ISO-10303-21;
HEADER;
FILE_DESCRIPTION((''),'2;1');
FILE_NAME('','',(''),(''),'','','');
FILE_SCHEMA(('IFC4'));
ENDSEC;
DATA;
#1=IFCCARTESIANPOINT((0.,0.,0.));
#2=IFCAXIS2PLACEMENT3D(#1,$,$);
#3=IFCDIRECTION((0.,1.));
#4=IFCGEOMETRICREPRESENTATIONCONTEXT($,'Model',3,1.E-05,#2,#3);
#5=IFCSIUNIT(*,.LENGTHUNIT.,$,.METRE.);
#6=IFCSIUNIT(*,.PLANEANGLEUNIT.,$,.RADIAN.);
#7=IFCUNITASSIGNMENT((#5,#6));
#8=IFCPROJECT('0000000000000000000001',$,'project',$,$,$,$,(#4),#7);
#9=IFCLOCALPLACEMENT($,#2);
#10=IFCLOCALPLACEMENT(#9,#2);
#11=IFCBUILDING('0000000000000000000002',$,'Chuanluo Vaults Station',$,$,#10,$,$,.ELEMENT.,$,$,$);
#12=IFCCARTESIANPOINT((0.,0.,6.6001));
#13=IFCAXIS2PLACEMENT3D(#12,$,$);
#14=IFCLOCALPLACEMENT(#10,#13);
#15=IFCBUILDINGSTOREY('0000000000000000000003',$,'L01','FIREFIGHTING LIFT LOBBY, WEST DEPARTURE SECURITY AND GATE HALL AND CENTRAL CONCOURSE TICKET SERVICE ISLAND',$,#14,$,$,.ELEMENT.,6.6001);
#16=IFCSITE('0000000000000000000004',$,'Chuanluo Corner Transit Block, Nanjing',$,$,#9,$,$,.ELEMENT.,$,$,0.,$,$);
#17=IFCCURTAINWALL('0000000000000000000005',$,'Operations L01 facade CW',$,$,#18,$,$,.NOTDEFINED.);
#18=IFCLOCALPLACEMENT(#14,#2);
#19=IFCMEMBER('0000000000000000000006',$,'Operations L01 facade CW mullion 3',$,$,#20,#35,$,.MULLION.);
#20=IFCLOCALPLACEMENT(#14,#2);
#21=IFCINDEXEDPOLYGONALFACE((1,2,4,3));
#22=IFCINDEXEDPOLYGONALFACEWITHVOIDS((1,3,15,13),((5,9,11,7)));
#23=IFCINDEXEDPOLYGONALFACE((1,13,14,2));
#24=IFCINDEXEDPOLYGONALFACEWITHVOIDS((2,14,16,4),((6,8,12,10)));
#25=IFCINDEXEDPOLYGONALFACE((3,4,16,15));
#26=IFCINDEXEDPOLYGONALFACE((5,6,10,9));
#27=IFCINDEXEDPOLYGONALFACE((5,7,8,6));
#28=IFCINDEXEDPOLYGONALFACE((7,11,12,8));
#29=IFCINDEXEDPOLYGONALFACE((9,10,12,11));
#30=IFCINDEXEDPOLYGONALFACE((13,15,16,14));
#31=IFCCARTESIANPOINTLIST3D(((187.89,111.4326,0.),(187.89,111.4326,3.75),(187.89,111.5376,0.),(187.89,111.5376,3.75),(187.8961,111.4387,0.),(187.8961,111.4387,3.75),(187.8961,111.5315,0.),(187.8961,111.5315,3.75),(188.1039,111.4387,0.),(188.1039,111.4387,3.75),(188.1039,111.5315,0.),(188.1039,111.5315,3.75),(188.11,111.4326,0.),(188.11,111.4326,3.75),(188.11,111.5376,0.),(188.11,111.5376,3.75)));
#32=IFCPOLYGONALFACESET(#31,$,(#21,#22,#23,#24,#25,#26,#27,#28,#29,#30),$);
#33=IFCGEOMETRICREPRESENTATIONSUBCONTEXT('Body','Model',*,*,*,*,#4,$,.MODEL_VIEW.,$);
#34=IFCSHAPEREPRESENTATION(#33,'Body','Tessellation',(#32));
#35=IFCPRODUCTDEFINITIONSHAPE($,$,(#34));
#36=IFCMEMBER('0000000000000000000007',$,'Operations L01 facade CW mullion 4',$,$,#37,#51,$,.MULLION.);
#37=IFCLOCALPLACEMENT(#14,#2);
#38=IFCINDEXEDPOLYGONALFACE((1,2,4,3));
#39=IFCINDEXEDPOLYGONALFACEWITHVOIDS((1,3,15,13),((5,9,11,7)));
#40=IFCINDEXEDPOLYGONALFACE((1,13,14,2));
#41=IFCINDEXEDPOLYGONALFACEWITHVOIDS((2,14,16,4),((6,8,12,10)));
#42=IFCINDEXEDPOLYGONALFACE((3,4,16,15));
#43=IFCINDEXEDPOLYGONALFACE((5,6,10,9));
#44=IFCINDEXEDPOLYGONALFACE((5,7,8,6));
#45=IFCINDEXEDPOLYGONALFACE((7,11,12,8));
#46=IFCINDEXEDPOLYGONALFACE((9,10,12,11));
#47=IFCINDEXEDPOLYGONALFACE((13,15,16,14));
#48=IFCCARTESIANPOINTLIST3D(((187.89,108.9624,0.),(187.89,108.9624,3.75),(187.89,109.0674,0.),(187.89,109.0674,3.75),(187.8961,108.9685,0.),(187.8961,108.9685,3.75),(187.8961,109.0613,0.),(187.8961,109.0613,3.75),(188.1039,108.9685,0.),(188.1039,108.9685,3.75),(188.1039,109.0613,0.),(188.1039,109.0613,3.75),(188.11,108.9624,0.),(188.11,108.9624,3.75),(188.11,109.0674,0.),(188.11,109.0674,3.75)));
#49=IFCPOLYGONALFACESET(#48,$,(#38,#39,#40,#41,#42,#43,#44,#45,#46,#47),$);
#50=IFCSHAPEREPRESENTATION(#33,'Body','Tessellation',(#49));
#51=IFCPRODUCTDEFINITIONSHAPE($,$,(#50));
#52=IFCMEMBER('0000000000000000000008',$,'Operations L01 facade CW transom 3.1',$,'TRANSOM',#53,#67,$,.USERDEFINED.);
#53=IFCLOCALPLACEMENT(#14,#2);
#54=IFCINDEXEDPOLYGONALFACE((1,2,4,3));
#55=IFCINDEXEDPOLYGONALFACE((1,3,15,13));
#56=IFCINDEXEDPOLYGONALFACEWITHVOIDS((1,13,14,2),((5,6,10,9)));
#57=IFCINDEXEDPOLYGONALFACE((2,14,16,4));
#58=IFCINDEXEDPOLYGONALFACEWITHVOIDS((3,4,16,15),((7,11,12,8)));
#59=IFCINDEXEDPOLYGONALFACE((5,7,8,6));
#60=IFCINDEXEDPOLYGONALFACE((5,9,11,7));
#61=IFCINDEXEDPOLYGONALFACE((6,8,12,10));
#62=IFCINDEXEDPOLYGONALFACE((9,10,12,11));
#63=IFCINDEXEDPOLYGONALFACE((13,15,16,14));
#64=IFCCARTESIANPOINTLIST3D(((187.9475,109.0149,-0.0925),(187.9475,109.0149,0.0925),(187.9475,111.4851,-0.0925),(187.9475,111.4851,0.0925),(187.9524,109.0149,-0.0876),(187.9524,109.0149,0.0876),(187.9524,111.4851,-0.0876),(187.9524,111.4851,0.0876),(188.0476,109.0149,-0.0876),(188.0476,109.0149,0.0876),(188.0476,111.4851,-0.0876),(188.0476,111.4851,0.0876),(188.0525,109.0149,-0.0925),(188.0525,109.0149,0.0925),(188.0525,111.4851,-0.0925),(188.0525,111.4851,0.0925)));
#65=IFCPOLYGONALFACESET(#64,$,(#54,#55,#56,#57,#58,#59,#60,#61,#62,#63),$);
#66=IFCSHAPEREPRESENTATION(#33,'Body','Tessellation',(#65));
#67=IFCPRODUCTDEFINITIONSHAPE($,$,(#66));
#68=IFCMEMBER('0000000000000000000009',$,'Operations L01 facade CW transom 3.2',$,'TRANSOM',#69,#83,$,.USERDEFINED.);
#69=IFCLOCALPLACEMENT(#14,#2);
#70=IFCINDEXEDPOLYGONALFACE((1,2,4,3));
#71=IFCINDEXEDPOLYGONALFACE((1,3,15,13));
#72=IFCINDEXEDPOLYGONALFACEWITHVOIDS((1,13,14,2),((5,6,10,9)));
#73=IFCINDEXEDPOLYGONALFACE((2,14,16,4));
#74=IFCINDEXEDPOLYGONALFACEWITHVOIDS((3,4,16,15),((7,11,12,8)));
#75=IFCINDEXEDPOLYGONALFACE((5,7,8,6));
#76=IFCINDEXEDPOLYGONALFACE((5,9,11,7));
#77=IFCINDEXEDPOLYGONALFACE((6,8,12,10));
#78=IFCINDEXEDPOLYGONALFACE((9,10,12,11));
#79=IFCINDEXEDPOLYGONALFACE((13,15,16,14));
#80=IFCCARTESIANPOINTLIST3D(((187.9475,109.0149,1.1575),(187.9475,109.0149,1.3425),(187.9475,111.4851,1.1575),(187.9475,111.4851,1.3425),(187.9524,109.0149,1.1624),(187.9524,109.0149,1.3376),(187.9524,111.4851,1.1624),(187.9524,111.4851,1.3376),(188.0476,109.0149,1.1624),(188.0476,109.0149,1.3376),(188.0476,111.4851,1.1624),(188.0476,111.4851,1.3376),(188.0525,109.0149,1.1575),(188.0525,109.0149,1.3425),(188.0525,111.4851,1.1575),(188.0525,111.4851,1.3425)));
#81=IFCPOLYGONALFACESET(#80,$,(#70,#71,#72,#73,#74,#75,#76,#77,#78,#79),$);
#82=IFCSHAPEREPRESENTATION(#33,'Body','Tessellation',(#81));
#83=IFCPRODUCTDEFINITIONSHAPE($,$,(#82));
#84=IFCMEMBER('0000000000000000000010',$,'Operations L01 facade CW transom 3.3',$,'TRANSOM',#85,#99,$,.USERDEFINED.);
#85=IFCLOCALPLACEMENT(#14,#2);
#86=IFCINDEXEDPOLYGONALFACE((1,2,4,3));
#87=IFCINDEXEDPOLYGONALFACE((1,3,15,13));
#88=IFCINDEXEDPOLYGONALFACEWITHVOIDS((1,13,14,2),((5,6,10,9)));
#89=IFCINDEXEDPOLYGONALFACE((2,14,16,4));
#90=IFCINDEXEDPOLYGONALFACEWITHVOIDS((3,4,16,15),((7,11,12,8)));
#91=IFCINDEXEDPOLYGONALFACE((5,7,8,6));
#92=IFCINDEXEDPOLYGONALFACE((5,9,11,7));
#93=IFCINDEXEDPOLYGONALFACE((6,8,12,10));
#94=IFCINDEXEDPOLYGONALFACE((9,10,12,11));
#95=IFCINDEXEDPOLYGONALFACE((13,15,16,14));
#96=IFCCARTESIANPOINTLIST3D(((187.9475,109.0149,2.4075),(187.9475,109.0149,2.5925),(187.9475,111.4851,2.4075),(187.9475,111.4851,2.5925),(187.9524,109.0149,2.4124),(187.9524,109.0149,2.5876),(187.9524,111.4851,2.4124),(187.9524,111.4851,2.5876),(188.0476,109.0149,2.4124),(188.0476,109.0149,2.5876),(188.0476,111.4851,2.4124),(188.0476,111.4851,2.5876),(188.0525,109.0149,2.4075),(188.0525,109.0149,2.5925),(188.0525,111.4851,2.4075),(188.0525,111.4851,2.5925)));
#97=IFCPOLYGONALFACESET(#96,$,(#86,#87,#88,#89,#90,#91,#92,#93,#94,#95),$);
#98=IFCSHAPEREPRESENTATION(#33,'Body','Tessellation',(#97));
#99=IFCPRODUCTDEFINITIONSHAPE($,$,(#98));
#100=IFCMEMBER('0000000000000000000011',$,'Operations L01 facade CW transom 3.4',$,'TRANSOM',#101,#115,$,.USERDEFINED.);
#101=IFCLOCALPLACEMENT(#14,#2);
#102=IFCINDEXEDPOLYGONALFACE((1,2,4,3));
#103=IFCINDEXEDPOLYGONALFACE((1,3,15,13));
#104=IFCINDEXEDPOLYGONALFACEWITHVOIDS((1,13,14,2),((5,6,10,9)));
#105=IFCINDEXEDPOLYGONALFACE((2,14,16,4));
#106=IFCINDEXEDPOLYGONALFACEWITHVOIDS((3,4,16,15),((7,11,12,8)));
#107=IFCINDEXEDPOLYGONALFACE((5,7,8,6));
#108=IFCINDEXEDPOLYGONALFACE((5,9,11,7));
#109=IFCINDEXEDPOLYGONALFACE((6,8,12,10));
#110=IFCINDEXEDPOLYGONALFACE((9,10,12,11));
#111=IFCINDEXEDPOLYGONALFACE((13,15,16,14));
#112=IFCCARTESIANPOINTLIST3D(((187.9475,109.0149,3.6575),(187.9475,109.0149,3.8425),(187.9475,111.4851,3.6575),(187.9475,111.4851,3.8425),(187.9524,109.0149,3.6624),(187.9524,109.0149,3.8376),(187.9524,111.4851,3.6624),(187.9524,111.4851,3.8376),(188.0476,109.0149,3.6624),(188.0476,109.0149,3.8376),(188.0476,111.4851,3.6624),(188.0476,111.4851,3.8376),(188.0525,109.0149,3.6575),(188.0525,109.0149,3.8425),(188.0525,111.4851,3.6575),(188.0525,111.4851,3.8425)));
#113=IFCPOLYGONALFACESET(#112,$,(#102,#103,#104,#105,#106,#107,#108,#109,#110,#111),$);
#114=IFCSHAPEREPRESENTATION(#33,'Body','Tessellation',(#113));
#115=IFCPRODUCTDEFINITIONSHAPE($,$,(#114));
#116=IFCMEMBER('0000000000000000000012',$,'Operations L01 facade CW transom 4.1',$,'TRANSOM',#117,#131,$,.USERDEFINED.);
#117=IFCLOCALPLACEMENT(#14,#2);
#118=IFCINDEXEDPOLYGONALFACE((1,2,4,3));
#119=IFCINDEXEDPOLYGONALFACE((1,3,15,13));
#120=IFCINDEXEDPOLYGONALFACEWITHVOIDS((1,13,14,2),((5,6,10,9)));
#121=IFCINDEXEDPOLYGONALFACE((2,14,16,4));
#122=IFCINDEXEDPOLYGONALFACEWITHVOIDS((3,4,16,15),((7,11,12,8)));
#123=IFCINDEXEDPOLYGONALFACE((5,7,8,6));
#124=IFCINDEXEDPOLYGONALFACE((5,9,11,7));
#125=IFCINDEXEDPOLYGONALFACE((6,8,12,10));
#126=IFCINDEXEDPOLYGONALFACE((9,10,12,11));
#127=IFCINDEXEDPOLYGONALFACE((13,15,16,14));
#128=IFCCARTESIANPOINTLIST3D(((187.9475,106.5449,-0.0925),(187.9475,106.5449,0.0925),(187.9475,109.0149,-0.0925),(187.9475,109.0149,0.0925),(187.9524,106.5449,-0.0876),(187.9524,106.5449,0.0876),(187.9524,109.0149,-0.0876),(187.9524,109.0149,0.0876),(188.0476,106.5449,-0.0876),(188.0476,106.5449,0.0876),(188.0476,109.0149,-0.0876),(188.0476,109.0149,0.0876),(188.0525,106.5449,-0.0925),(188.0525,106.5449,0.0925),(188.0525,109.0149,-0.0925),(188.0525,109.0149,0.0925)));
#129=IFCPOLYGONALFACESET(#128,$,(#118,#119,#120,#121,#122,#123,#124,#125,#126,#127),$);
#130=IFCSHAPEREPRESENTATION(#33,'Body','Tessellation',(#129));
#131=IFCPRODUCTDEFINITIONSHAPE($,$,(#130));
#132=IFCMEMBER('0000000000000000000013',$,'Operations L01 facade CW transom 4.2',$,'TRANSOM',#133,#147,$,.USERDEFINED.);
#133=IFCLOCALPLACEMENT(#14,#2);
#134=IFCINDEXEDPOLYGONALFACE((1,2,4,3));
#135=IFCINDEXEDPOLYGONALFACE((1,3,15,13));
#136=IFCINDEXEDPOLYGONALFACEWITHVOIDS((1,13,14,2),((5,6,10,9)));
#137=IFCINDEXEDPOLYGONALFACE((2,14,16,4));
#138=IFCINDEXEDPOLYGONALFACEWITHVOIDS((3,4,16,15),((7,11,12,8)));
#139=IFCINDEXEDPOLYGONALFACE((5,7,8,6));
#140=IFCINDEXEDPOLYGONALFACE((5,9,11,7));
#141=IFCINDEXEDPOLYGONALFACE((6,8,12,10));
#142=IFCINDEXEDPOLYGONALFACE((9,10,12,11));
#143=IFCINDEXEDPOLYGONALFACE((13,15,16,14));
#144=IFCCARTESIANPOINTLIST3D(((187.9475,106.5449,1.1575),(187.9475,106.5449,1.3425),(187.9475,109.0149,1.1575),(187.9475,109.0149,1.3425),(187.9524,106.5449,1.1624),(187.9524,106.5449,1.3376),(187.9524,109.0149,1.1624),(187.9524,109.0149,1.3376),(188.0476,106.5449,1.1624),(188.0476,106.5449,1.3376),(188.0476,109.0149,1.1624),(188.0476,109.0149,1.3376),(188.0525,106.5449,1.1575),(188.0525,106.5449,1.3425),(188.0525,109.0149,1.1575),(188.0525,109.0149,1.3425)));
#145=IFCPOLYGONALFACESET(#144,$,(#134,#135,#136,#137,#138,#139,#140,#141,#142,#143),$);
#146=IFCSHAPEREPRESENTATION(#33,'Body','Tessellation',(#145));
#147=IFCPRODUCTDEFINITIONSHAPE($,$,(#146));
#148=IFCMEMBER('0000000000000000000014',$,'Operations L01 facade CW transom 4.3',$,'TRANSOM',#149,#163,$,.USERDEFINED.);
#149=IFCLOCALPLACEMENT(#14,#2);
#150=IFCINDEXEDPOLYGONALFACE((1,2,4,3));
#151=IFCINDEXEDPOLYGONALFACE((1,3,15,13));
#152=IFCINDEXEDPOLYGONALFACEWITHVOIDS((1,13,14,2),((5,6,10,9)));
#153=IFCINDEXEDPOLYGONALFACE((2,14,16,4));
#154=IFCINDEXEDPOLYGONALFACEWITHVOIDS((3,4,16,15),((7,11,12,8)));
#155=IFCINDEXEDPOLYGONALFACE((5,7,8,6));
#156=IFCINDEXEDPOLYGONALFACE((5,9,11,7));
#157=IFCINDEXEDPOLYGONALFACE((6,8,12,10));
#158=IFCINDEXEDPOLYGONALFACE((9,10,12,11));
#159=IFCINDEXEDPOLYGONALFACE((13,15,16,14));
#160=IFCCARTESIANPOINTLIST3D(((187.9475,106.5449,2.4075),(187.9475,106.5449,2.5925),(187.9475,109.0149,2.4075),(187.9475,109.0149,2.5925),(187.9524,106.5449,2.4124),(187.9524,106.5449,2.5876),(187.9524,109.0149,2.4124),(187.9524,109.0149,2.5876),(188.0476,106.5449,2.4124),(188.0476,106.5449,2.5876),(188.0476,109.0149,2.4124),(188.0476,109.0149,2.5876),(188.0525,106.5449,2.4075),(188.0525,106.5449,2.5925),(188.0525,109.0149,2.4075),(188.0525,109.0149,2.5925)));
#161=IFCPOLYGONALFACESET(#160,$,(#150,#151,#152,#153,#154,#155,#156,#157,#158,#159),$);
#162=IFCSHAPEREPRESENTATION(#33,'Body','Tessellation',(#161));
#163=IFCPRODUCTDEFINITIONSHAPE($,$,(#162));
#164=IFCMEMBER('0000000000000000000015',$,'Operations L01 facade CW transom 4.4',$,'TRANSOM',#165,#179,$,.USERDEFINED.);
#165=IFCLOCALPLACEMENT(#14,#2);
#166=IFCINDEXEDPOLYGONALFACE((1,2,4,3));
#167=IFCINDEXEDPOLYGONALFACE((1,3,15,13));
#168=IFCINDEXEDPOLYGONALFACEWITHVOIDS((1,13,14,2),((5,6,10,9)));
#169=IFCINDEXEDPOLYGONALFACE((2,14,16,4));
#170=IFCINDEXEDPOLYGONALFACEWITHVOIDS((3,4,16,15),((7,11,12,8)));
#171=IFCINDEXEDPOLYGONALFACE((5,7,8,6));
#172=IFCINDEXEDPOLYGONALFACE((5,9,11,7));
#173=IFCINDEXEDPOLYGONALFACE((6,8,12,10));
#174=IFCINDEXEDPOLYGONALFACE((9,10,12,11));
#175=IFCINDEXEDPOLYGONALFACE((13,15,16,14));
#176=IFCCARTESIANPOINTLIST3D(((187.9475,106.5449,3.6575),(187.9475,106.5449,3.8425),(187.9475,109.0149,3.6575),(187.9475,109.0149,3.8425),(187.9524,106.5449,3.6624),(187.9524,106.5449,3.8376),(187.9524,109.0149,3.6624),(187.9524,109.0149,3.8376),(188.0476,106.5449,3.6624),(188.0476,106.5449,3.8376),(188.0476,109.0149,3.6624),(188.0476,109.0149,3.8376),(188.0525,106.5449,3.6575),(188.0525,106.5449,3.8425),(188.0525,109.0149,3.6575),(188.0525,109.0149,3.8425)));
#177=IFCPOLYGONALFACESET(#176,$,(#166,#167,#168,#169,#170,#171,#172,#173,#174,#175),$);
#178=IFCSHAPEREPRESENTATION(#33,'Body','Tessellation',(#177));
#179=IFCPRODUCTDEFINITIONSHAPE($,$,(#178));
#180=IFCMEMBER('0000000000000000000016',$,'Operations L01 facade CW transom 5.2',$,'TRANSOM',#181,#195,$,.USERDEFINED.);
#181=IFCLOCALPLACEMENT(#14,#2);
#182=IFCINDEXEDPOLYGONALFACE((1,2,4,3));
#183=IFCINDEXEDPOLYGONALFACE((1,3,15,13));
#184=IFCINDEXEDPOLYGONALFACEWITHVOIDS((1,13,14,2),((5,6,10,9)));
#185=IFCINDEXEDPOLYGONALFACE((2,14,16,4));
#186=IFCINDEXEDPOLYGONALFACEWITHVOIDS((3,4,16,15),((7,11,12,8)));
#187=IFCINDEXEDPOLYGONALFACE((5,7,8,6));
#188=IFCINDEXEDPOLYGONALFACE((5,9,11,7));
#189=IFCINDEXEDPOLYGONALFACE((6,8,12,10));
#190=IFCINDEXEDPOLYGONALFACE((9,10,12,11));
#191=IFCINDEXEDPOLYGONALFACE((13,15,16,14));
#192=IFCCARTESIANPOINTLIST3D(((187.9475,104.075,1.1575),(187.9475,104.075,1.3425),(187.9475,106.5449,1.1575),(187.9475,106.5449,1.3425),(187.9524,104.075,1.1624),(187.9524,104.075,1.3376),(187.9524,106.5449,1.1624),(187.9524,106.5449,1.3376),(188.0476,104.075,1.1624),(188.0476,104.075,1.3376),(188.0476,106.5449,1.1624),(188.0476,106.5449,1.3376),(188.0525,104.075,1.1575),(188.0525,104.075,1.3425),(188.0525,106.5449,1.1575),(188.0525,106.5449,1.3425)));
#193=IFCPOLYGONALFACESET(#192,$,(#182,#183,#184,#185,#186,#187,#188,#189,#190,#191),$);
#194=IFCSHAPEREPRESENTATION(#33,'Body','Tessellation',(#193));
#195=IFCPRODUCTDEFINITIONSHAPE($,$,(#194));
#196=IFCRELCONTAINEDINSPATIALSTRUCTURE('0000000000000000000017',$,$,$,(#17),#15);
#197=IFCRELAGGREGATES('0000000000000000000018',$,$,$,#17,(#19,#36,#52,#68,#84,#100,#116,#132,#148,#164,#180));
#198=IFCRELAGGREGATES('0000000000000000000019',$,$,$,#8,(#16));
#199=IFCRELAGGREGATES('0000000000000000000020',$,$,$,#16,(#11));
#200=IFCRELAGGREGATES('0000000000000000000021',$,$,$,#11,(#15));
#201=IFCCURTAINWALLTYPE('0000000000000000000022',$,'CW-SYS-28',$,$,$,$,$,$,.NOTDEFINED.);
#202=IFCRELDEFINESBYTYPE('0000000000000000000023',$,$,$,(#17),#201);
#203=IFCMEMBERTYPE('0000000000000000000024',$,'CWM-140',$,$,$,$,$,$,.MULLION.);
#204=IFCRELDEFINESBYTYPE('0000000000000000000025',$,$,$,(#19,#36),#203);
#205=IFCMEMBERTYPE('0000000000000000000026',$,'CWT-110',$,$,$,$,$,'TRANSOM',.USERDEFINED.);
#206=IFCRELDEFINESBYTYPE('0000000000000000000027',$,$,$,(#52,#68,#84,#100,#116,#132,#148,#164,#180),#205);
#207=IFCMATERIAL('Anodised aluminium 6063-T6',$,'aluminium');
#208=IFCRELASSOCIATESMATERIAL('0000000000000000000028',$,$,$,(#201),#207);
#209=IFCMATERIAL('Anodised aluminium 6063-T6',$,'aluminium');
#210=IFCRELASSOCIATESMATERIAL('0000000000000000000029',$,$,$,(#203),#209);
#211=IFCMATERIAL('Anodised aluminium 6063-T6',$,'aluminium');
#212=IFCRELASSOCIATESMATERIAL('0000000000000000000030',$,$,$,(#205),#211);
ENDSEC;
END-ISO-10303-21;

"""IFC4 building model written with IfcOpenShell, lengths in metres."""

from ifc_helpers import new_model, si_unit, direction, frame, origin, origin_2d, place, context, subcontext, project, spatial, hollow_rectangle, extrude, material, material_profile, profile_set, type_object, element, aggregate, save


model = new_model("IFC4")

# Units and contexts
model_context = context("Model", 3, precision=1e-05, world=origin(), true_north=direction((0.0, 1.0)))
body_context = subcontext(model_context, "Body", "Model", "MODEL_VIEW")
ifc_project = project(units=[si_unit("LENGTHUNIT", "METRE"), si_unit("PLANEANGLEUNIT", "RADIAN")], contexts=[model_context])

# Site, building, storey
site_placement = place(None, origin())
site = spatial("IfcSite", under=ifc_project, at=site_placement, Name="Chuanluo Corner Transit Block, Nanjing", CompositionType="ELEMENT", RefElevation=0.0)
building_placement = place(site_placement, origin())
building = spatial("IfcBuilding", under=site, at=building_placement, Name="Chuanluo Vaults Station", CompositionType="ELEMENT")
storey_placement = place(building_placement, frame((0.0, 0.0, 6.6001)))
storey = spatial("IfcBuildingStorey", under=building, at=storey_placement, Name="L01", Description="FIREFIGHTING LIFT LOBBY, WEST DEPARTURE SECURITY AND GATE HALL AND CENTRAL CONCOURSE TICKET SERVICE ISLAND", CompositionType="ELEMENT", Elevation=6.6001)

# Curtain wall, members
ifc_material_1 = material(Name="Anodised aluminium 6063-T6", Category="aluminium")
curtain_wall_type = type_object("IfcCurtainWallType", Name="CW-SYS-28", PredefinedType="NOTDEFINED", material=ifc_material_1)
curtain_wall_placement = place(storey_placement, origin())
curtain_wall = element("IfcCurtainWall", 1, at=curtain_wall_placement, inside=storey, type_object=curtain_wall_type, Name="Operations L01 facade CW", PredefinedType="NOTDEFINED")
ifc_material_2 = material(Name="Anodised aluminium 6063-T6", Category="aluminium")
ifc_material_profile_1 = material_profile(ifc_material_2, hollow_rectangle(XDim=0.105, YDim=0.22, WallThickness=0.0061, at=origin_2d()))
ifc_profile_set_1 = profile_set([ifc_material_profile_1], Name="Anodised aluminium 6063-T6")
member_type_1 = type_object("IfcMemberType", Name="CWM-140", PredefinedType="MULLION", material=ifc_profile_set_1)
member_1_placement = place(storey_placement, frame((188.0, 111.4851, 0.0), z_axis=(0.0, 0.0, 1.0), x_axis=(0.0, -1.0, 0.0)))
member_1 = element("IfcMember", 2, at=member_1_placement, type_object=member_type_1, Name="Operations L01 facade CW mullion 3", PredefinedType="MULLION", context=body_context, shape_type="SweptSolid", body=[
    extrude(hollow_rectangle(XDim=0.105, YDim=0.22, WallThickness=0.0061, at=origin_2d()), origin(), (0.0, 0.0, 1.0), 3.75),
])
member_2_placement = place(storey_placement, frame((188.0, 109.0149, 0.0), z_axis=(0.0, 0.0, 1.0), x_axis=(0.0, -1.0, 0.0)))
member_2 = element("IfcMember", 3, at=member_2_placement, type_object=member_type_1, Name="Operations L01 facade CW mullion 4", PredefinedType="MULLION", context=body_context, shape_type="SweptSolid", body=[
    extrude(hollow_rectangle(XDim=0.105, YDim=0.22, WallThickness=0.0061, at=origin_2d()), origin(), (0.0, 0.0, 1.0), 3.75),
])
ifc_material_3 = material(Name="Anodised aluminium 6063-T6", Category="aluminium")
ifc_material_profile_2 = material_profile(ifc_material_3, hollow_rectangle(XDim=0.105, YDim=0.1851, WallThickness=0.0049, at=origin_2d()))
ifc_profile_set_2 = profile_set([ifc_material_profile_2], Name="Anodised aluminium 6063-T6")
member_type_2 = type_object("IfcMemberType", Name="CWT-110", ElementType="TRANSOM", PredefinedType="USERDEFINED", material=ifc_profile_set_2)
member_3_placement = place(storey_placement, frame((188.0, 111.4851, 0.0), z_axis=(0.0, -1.0, 0.0), x_axis=(1.0, 0.0, 0.0)))
member_3 = element("IfcMember", 4, at=member_3_placement, type_object=member_type_2, Name="Operations L01 facade CW transom 3.1", ObjectType="TRANSOM", PredefinedType="USERDEFINED", context=body_context, shape_type="SweptSolid", body=[
    extrude(hollow_rectangle(XDim=0.105, YDim=0.1851, WallThickness=0.0049, at=origin_2d()), origin(), (0.0, 0.0, 1.0), 2.4702),
])
member_4_placement = place(storey_placement, frame((188.0, 111.4851, 1.25), z_axis=(0.0, -1.0, 0.0), x_axis=(1.0, 0.0, 0.0)))
member_4 = element("IfcMember", 5, at=member_4_placement, type_object=member_type_2, Name="Operations L01 facade CW transom 3.2", ObjectType="TRANSOM", PredefinedType="USERDEFINED", context=body_context, shape_type="SweptSolid", body=[
    extrude(hollow_rectangle(XDim=0.105, YDim=0.1851, WallThickness=0.0049, at=origin_2d()), origin(), (0.0, 0.0, 1.0), 2.4702),
])
member_5_placement = place(storey_placement, frame((188.0, 111.4851, 2.5), z_axis=(0.0, -1.0, 0.0), x_axis=(1.0, 0.0, 0.0)))
member_5 = element("IfcMember", 6, at=member_5_placement, type_object=member_type_2, Name="Operations L01 facade CW transom 3.3", ObjectType="TRANSOM", PredefinedType="USERDEFINED", context=body_context, shape_type="SweptSolid", body=[
    extrude(hollow_rectangle(XDim=0.105, YDim=0.1851, WallThickness=0.0049, at=origin_2d()), origin(), (0.0, 0.0, 1.0), 2.4702),
])
member_6_placement = place(storey_placement, frame((188.0, 111.4851, 3.75), z_axis=(0.0, -1.0, 0.0), x_axis=(1.0, 0.0, 0.0)))
member_6 = element("IfcMember", 7, at=member_6_placement, type_object=member_type_2, Name="Operations L01 facade CW transom 3.4", ObjectType="TRANSOM", PredefinedType="USERDEFINED", context=body_context, shape_type="SweptSolid", body=[
    extrude(hollow_rectangle(XDim=0.105, YDim=0.1851, WallThickness=0.0049, at=origin_2d()), origin(), (0.0, 0.0, 1.0), 2.4702),
])
member_7_placement = place(storey_placement, frame((188.0, 109.0149, 0.0), z_axis=(0.0, -1.0, 0.0), x_axis=(1.0, 0.0, 0.0)))
member_7 = element("IfcMember", 8, at=member_7_placement, type_object=member_type_2, Name="Operations L01 facade CW transom 4.1", ObjectType="TRANSOM", PredefinedType="USERDEFINED", context=body_context, shape_type="SweptSolid", body=[
    extrude(hollow_rectangle(XDim=0.105, YDim=0.1851, WallThickness=0.0049, at=origin_2d()), origin(), (0.0, 0.0, 1.0), 2.47),
])
member_8_placement = place(storey_placement, frame((188.0, 109.0149, 1.25), z_axis=(0.0, -1.0, 0.0), x_axis=(1.0, 0.0, 0.0)))
member_8 = element("IfcMember", 9, at=member_8_placement, type_object=member_type_2, Name="Operations L01 facade CW transom 4.2", ObjectType="TRANSOM", PredefinedType="USERDEFINED", context=body_context, shape_type="SweptSolid", body=[
    extrude(hollow_rectangle(XDim=0.105, YDim=0.1851, WallThickness=0.0049, at=origin_2d()), origin(), (0.0, 0.0, 1.0), 2.47),
])
member_9_placement = place(storey_placement, frame((188.0, 109.0149, 2.5), z_axis=(0.0, -1.0, 0.0), x_axis=(1.0, 0.0, 0.0)))
member_9 = element("IfcMember", 10, at=member_9_placement, type_object=member_type_2, Name="Operations L01 facade CW transom 4.3", ObjectType="TRANSOM", PredefinedType="USERDEFINED", context=body_context, shape_type="SweptSolid", body=[
    extrude(hollow_rectangle(XDim=0.105, YDim=0.1851, WallThickness=0.0049, at=origin_2d()), origin(), (0.0, 0.0, 1.0), 2.47),
])
member_10_placement = place(storey_placement, frame((188.0, 109.0149, 3.75), z_axis=(0.0, -1.0, 0.0), x_axis=(1.0, 0.0, 0.0)))
member_10 = element("IfcMember", 11, at=member_10_placement, type_object=member_type_2, Name="Operations L01 facade CW transom 4.4", ObjectType="TRANSOM", PredefinedType="USERDEFINED", context=body_context, shape_type="SweptSolid", body=[
    extrude(hollow_rectangle(XDim=0.105, YDim=0.1851, WallThickness=0.0049, at=origin_2d()), origin(), (0.0, 0.0, 1.0), 2.47),
])
member_11_placement = place(storey_placement, frame((188.0, 106.5449, 1.25), z_axis=(0.0, -1.0, 0.0), x_axis=(1.0, 0.0, 0.0)))
member_11 = element("IfcMember", 12, at=member_11_placement, type_object=member_type_2, Name="Operations L01 facade CW transom 5.2", ObjectType="TRANSOM", PredefinedType="USERDEFINED", context=body_context, shape_type="SweptSolid", body=[
    extrude(hollow_rectangle(XDim=0.105, YDim=0.1851, WallThickness=0.0049, at=origin_2d()), origin(), (0.0, 0.0, 1.0), 2.47),
])
aggregate(curtain_wall, [member_1, member_2, member_3, member_4, member_5, member_6, member_7, member_8, member_9, member_10, member_11])

save(model, "model.ifc")
